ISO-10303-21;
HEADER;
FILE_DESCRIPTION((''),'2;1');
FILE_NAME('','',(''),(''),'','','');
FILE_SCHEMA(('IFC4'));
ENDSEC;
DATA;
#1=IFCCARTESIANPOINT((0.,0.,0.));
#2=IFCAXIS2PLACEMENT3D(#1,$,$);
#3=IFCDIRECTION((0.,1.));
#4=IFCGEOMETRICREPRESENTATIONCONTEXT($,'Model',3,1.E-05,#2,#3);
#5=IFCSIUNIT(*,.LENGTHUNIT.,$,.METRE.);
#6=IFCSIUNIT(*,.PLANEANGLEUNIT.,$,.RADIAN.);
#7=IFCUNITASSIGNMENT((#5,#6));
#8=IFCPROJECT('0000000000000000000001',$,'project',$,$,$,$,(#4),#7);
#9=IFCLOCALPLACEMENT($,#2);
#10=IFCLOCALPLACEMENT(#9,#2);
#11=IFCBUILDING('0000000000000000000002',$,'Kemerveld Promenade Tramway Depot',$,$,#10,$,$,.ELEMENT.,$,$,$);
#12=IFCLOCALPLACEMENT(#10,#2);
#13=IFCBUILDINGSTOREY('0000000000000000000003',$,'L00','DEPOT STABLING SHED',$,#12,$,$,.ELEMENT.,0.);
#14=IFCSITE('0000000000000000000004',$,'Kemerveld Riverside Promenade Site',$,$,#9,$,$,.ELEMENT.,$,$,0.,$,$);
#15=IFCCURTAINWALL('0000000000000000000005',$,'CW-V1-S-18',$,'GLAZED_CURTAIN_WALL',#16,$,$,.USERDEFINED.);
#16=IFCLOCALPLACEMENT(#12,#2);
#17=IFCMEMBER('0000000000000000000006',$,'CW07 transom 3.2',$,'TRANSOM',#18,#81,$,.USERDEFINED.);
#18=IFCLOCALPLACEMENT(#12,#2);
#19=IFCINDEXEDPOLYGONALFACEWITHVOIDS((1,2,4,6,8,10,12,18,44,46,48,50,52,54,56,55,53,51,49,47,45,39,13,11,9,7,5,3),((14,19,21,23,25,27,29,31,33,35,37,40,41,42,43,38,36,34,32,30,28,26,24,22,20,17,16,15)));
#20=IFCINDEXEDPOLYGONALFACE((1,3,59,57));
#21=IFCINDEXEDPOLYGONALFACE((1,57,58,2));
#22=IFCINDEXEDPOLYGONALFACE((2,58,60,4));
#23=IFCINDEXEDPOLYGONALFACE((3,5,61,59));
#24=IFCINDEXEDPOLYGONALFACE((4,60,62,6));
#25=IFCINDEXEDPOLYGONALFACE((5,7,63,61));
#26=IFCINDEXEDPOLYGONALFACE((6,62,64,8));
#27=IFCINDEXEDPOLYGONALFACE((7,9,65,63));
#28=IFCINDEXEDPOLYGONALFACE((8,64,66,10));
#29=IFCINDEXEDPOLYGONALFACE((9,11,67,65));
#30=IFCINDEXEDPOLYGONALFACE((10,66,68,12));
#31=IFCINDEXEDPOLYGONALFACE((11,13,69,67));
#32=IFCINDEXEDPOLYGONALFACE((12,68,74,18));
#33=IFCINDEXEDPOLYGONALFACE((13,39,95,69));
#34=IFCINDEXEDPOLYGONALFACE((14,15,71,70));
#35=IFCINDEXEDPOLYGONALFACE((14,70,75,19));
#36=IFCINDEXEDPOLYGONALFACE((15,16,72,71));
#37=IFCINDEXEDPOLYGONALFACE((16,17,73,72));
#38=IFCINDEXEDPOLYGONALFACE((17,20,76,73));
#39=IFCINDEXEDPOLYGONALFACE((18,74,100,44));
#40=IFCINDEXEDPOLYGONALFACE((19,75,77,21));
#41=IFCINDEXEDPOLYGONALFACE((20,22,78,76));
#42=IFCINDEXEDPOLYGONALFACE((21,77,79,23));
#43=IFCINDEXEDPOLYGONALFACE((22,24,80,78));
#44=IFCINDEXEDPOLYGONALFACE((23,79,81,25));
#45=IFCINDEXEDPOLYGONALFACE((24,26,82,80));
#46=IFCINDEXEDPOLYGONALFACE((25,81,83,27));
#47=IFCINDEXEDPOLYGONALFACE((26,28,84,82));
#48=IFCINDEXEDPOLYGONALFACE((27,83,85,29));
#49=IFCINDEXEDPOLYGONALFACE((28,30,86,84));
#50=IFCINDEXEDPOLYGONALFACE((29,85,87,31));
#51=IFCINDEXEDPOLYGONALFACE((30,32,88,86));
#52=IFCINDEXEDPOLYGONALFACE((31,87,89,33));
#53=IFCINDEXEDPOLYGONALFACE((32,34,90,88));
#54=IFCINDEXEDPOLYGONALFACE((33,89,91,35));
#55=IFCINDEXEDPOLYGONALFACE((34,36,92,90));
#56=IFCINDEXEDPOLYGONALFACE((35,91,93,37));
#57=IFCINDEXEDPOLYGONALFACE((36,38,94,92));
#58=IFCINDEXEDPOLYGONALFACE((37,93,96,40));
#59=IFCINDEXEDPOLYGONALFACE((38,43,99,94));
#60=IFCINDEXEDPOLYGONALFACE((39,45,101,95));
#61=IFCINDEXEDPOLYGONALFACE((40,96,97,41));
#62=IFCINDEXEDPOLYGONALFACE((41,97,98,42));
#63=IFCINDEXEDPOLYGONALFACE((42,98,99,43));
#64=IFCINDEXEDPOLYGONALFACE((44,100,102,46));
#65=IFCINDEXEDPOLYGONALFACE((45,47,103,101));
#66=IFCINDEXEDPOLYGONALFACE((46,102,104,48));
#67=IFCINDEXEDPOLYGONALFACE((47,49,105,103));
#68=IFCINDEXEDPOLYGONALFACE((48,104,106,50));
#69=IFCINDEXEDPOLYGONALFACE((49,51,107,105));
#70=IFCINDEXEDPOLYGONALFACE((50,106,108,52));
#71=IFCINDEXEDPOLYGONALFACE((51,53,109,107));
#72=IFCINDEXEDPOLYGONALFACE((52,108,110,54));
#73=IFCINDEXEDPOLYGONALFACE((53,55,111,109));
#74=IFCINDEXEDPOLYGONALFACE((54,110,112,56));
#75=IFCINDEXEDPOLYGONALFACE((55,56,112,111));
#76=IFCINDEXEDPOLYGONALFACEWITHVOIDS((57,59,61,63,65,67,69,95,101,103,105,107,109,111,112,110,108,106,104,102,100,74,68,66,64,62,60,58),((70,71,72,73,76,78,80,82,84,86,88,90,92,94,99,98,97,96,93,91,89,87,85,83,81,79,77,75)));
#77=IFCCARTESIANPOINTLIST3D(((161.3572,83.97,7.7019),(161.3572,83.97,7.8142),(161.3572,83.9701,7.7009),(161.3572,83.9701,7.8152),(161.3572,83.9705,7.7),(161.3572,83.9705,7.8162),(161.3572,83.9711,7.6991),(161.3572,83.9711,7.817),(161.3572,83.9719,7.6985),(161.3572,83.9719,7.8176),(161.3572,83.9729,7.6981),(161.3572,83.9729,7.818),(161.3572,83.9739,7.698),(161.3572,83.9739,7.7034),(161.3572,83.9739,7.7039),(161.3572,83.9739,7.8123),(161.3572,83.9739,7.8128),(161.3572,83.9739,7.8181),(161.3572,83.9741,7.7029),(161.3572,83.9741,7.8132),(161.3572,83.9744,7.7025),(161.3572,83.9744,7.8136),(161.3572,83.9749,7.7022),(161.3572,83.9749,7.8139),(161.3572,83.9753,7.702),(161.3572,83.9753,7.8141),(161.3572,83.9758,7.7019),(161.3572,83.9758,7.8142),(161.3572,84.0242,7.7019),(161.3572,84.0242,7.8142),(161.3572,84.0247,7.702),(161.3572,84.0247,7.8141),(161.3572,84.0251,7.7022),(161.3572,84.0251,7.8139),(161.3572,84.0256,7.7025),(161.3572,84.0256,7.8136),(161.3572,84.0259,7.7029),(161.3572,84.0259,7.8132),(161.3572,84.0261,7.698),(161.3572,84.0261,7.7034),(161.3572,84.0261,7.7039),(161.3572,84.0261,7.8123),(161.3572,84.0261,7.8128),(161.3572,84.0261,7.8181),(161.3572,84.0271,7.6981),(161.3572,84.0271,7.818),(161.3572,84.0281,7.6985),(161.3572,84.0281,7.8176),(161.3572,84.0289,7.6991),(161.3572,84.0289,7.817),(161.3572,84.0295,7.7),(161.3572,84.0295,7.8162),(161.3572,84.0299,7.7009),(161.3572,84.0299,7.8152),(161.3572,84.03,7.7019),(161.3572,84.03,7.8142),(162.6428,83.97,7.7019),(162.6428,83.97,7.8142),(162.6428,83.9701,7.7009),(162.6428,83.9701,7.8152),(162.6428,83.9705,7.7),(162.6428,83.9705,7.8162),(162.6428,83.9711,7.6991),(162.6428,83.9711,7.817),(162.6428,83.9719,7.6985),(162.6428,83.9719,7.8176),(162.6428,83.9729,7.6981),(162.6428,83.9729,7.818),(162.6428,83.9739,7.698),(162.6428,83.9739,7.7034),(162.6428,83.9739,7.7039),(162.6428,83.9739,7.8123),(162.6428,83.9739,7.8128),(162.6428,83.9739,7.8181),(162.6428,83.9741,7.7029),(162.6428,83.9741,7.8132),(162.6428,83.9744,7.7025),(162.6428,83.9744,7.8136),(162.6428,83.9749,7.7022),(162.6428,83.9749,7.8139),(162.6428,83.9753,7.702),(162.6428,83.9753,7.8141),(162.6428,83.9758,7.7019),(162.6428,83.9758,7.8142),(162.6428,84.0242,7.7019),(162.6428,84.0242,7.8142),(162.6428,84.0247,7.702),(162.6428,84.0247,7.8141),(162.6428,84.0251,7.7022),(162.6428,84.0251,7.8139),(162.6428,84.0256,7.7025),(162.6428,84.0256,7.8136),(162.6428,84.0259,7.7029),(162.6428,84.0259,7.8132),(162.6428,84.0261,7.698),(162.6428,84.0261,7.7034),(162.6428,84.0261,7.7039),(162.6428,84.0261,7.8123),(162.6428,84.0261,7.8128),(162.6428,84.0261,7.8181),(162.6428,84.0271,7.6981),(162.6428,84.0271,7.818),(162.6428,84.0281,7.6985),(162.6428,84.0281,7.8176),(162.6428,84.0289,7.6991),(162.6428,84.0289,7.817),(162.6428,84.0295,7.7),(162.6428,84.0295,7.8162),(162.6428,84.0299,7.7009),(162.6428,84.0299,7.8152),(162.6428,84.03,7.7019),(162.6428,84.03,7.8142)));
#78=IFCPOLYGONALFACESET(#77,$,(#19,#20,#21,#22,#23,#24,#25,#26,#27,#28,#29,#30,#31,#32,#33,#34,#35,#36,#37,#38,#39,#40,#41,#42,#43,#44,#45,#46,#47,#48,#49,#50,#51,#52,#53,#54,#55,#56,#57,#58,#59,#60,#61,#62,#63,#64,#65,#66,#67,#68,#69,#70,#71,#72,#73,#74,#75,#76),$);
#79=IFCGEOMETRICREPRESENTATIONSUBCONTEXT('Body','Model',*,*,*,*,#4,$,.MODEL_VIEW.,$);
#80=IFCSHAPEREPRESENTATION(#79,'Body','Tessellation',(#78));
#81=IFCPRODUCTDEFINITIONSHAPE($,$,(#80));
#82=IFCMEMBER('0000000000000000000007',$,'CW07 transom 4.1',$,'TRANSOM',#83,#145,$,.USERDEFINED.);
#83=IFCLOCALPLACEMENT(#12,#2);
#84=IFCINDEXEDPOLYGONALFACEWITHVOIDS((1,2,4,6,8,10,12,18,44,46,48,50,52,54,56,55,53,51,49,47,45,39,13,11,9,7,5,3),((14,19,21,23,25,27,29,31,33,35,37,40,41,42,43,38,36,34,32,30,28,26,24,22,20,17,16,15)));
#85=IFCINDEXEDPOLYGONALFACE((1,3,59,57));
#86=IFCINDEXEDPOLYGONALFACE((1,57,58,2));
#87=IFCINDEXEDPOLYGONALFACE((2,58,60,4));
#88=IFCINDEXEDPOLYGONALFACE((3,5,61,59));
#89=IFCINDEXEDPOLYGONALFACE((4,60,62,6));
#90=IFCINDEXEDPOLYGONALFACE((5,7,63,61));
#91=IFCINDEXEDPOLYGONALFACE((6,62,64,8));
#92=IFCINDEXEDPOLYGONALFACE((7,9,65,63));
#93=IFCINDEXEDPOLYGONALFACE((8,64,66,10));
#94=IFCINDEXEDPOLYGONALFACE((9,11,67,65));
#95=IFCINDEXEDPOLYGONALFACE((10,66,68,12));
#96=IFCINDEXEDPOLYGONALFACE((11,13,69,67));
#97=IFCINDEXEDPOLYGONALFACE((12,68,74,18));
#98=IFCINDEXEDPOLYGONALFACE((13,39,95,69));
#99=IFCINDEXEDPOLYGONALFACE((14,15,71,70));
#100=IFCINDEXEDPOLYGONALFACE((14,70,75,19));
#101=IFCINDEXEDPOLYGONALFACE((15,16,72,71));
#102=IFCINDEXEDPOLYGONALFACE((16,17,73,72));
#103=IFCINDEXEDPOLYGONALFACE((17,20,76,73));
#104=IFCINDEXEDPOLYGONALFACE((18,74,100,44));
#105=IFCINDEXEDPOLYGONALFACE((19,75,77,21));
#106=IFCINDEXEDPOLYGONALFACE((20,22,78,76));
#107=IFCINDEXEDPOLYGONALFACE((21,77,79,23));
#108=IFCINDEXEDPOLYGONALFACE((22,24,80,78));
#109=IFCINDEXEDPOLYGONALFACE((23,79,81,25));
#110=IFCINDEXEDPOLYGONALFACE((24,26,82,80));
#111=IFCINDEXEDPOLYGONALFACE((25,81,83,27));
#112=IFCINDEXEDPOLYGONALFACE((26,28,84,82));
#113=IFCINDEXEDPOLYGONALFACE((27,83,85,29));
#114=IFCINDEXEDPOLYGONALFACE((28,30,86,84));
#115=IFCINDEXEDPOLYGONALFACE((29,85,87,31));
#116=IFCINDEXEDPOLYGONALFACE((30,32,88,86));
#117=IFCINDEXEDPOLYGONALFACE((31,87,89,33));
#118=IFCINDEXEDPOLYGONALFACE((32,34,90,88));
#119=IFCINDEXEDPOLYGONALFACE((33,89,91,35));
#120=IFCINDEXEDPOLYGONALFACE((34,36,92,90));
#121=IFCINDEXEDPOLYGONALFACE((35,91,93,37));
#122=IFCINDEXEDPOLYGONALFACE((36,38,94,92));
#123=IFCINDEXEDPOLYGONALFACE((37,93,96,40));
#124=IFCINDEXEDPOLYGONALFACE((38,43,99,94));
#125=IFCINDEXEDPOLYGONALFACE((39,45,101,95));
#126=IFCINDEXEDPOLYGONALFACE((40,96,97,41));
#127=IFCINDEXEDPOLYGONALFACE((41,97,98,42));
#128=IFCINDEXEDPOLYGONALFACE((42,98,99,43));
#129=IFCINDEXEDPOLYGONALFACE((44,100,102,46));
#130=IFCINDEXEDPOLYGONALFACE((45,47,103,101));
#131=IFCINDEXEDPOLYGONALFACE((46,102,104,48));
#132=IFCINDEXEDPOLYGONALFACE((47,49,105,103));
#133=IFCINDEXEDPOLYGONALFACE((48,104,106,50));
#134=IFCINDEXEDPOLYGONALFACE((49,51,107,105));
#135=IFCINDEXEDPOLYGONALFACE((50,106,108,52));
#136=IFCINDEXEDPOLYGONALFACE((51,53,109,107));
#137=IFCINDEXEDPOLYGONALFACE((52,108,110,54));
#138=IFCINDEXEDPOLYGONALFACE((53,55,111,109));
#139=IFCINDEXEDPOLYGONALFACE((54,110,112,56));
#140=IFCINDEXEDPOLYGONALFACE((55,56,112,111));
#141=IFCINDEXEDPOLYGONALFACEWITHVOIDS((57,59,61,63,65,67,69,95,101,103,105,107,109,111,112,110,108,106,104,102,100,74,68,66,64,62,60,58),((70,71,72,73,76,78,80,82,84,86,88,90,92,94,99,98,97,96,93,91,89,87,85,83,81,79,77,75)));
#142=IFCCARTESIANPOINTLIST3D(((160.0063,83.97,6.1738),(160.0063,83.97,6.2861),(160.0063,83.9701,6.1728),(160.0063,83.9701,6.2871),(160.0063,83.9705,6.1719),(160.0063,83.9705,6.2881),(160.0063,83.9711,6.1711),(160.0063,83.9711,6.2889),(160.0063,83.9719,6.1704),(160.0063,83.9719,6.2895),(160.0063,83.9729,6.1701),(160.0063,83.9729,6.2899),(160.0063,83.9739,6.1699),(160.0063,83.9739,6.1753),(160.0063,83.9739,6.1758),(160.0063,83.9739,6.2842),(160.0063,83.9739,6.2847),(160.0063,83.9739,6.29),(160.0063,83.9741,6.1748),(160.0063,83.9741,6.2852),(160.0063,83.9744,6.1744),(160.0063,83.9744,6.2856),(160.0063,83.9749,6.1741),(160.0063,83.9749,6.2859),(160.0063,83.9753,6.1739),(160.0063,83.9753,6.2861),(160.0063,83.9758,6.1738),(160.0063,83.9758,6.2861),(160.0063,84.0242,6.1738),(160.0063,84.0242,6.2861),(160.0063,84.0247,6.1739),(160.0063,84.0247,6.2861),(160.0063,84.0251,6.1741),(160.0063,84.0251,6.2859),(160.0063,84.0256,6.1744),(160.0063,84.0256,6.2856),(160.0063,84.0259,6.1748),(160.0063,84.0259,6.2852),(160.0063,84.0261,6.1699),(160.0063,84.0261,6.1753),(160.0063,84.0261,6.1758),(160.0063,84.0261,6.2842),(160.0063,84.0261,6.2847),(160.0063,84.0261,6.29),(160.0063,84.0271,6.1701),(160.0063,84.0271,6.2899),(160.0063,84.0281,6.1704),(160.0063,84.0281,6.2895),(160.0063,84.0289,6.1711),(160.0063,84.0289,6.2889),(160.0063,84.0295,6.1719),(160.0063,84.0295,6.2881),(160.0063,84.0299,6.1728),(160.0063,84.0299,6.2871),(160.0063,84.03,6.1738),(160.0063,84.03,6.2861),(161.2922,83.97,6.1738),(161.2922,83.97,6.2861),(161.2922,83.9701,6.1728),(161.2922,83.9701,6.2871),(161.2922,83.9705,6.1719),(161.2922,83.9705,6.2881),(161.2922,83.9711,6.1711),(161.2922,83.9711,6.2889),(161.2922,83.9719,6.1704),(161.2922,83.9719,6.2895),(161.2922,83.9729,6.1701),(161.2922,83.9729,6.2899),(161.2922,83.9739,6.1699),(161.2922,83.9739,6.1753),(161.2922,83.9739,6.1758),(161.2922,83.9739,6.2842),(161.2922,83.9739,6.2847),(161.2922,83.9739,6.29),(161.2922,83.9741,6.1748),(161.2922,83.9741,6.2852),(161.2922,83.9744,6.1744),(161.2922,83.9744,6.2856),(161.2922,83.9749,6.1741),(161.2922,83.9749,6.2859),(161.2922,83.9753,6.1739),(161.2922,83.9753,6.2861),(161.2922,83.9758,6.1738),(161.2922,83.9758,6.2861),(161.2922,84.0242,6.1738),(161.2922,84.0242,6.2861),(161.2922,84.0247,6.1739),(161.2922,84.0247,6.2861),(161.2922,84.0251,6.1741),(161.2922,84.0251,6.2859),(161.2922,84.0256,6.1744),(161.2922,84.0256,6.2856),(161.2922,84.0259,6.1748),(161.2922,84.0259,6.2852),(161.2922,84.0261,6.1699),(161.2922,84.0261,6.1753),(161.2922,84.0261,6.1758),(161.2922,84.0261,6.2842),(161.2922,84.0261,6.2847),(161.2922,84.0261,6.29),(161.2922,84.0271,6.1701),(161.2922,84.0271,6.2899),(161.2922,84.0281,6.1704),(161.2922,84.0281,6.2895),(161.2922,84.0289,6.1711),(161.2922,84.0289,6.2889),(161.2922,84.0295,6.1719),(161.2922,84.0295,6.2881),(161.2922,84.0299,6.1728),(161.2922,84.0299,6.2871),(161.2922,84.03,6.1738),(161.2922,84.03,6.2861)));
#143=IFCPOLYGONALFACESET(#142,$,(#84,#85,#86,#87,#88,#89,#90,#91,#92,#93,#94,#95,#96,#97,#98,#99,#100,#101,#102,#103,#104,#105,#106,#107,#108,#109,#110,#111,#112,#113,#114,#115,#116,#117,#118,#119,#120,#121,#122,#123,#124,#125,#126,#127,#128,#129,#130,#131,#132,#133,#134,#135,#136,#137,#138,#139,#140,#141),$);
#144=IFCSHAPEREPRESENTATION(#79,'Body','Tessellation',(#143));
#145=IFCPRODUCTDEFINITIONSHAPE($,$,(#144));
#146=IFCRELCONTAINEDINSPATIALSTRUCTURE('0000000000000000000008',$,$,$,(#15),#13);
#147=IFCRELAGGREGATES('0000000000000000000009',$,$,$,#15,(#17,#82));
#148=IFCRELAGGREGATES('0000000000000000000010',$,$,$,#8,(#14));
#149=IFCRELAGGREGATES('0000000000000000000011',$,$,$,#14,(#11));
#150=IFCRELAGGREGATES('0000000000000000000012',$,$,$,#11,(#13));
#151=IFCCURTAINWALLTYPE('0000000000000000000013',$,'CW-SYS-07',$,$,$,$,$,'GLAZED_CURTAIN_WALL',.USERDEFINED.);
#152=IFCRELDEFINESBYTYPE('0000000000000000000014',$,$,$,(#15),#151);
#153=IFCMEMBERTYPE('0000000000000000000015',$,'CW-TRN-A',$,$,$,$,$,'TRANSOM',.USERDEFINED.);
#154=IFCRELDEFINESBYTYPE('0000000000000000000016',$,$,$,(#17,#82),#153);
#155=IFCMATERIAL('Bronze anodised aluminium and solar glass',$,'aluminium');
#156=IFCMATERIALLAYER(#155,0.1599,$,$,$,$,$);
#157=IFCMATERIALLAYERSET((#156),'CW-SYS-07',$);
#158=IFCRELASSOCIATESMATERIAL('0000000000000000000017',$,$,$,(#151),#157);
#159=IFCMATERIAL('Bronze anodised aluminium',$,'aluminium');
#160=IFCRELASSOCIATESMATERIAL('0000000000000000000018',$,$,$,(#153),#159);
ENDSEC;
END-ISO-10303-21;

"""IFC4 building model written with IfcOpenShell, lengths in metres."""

from ifc_helpers import new_model, si_unit, direction, frame, origin, origin_2d, place, context, subcontext, project, spatial, hollow_rectangle, extrude, material, layer, layer_set, material_profile, profile_set, type_object, element, aggregate, save


model = new_model("IFC4")

# Units and contexts
model_context = context("Model", 3, precision=1e-05, world=origin(), true_north=direction((0.0, 1.0)))
body_context = subcontext(model_context, "Body", "Model", "MODEL_VIEW")
ifc_project = project(units=[si_unit("LENGTHUNIT", "METRE"), si_unit("PLANEANGLEUNIT", "RADIAN")], contexts=[model_context])

# Site, building, storey
site_placement = place(None, origin())
site = spatial("IfcSite", under=ifc_project, at=site_placement, Name="Kemerveld Riverside Promenade Site", CompositionType="ELEMENT", RefElevation=0.0)
building_placement = place(site_placement, origin())
building = spatial("IfcBuilding", under=site, at=building_placement, Name="Kemerveld Promenade Tramway Depot", CompositionType="ELEMENT")
storey_placement = place(building_placement, origin())
storey = spatial("IfcBuildingStorey", under=building, at=storey_placement, Name="L00", Description="DEPOT STABLING SHED", CompositionType="ELEMENT", Elevation=0.0)

# Curtain wall
ifc_material_1 = material(Name="Bronze anodised aluminium and solar glass", Category="aluminium")
ifc_layer_1 = layer(ifc_material_1, 0.1599)
ifc_layer_set_1 = layer_set([ifc_layer_1], Name="CW-SYS-07")
curtain_wall_type_1 = type_object("IfcCurtainWallType", Name="CW-SYS-07", ElementType="GLAZED_CURTAIN_WALL", PredefinedType="USERDEFINED", material=ifc_layer_set_1)
curtain_wall_1_placement = place(storey_placement, origin())
curtain_wall_1 = element("IfcCurtainWall", 1, at=curtain_wall_1_placement, inside=storey, type_object=curtain_wall_type_1, Name="CW-V1-S-18", ObjectType="GLAZED_CURTAIN_WALL", PredefinedType="USERDEFINED")
ifc_material_2 = material(Name="Bronze anodised aluminium", Category="aluminium")

# Members
ifc_material_profile_1 = material_profile(ifc_material_2, hollow_rectangle(XDim=0.0601, YDim=0.1201, WallThickness=0.0039, InnerFilletRadius=0.002, OuterFilletRadius=0.0039, at=origin_2d()), Name="CW-TRN-120x60")
ifc_profile_set_1 = profile_set([ifc_material_profile_1], Name="Bronze anodised aluminium")
member_type_1 = type_object("IfcMemberType", Name="CW-TRN-A", ElementType="TRANSOM", PredefinedType="USERDEFINED", material=ifc_profile_set_1)
member_1_placement = place(storey_placement, frame((162.6428, 84.0, 7.7581), z_axis=(-1.0, 0.0, 0.0), x_axis=(0.0, -1.0, 0.0)))
member_1 = element("IfcMember", 2, at=member_1_placement, type_object=member_type_1, Name="CW07 transom 3.2", ObjectType="TRANSOM", PredefinedType="USERDEFINED", context=body_context, shape_type="SweptSolid", body=[
    extrude(hollow_rectangle(XDim=0.0601, YDim=0.1201, WallThickness=0.0039, InnerFilletRadius=0.002, OuterFilletRadius=0.0039, at=origin_2d()), origin(), (0.0, 0.0, 1.0), 1.2856),
])
member_2_placement = place(storey_placement, frame((161.2922, 84.0, 6.23), z_axis=(-1.0, 0.0, 0.0), x_axis=(0.0, -1.0, 0.0)))
member_2 = element("IfcMember", 3, at=member_2_placement, type_object=member_type_1, Name="CW07 transom 4.1", ObjectType="TRANSOM", PredefinedType="USERDEFINED", context=body_context, shape_type="SweptSolid", body=[
    extrude(hollow_rectangle(XDim=0.0601, YDim=0.1201, WallThickness=0.0039, InnerFilletRadius=0.002, OuterFilletRadius=0.0039, at=origin_2d()), origin(), (0.0, 0.0, 1.0), 1.2859),
])

aggregate(curtain_wall_1, [member_1, member_2])

save(model, "model.ifc")
